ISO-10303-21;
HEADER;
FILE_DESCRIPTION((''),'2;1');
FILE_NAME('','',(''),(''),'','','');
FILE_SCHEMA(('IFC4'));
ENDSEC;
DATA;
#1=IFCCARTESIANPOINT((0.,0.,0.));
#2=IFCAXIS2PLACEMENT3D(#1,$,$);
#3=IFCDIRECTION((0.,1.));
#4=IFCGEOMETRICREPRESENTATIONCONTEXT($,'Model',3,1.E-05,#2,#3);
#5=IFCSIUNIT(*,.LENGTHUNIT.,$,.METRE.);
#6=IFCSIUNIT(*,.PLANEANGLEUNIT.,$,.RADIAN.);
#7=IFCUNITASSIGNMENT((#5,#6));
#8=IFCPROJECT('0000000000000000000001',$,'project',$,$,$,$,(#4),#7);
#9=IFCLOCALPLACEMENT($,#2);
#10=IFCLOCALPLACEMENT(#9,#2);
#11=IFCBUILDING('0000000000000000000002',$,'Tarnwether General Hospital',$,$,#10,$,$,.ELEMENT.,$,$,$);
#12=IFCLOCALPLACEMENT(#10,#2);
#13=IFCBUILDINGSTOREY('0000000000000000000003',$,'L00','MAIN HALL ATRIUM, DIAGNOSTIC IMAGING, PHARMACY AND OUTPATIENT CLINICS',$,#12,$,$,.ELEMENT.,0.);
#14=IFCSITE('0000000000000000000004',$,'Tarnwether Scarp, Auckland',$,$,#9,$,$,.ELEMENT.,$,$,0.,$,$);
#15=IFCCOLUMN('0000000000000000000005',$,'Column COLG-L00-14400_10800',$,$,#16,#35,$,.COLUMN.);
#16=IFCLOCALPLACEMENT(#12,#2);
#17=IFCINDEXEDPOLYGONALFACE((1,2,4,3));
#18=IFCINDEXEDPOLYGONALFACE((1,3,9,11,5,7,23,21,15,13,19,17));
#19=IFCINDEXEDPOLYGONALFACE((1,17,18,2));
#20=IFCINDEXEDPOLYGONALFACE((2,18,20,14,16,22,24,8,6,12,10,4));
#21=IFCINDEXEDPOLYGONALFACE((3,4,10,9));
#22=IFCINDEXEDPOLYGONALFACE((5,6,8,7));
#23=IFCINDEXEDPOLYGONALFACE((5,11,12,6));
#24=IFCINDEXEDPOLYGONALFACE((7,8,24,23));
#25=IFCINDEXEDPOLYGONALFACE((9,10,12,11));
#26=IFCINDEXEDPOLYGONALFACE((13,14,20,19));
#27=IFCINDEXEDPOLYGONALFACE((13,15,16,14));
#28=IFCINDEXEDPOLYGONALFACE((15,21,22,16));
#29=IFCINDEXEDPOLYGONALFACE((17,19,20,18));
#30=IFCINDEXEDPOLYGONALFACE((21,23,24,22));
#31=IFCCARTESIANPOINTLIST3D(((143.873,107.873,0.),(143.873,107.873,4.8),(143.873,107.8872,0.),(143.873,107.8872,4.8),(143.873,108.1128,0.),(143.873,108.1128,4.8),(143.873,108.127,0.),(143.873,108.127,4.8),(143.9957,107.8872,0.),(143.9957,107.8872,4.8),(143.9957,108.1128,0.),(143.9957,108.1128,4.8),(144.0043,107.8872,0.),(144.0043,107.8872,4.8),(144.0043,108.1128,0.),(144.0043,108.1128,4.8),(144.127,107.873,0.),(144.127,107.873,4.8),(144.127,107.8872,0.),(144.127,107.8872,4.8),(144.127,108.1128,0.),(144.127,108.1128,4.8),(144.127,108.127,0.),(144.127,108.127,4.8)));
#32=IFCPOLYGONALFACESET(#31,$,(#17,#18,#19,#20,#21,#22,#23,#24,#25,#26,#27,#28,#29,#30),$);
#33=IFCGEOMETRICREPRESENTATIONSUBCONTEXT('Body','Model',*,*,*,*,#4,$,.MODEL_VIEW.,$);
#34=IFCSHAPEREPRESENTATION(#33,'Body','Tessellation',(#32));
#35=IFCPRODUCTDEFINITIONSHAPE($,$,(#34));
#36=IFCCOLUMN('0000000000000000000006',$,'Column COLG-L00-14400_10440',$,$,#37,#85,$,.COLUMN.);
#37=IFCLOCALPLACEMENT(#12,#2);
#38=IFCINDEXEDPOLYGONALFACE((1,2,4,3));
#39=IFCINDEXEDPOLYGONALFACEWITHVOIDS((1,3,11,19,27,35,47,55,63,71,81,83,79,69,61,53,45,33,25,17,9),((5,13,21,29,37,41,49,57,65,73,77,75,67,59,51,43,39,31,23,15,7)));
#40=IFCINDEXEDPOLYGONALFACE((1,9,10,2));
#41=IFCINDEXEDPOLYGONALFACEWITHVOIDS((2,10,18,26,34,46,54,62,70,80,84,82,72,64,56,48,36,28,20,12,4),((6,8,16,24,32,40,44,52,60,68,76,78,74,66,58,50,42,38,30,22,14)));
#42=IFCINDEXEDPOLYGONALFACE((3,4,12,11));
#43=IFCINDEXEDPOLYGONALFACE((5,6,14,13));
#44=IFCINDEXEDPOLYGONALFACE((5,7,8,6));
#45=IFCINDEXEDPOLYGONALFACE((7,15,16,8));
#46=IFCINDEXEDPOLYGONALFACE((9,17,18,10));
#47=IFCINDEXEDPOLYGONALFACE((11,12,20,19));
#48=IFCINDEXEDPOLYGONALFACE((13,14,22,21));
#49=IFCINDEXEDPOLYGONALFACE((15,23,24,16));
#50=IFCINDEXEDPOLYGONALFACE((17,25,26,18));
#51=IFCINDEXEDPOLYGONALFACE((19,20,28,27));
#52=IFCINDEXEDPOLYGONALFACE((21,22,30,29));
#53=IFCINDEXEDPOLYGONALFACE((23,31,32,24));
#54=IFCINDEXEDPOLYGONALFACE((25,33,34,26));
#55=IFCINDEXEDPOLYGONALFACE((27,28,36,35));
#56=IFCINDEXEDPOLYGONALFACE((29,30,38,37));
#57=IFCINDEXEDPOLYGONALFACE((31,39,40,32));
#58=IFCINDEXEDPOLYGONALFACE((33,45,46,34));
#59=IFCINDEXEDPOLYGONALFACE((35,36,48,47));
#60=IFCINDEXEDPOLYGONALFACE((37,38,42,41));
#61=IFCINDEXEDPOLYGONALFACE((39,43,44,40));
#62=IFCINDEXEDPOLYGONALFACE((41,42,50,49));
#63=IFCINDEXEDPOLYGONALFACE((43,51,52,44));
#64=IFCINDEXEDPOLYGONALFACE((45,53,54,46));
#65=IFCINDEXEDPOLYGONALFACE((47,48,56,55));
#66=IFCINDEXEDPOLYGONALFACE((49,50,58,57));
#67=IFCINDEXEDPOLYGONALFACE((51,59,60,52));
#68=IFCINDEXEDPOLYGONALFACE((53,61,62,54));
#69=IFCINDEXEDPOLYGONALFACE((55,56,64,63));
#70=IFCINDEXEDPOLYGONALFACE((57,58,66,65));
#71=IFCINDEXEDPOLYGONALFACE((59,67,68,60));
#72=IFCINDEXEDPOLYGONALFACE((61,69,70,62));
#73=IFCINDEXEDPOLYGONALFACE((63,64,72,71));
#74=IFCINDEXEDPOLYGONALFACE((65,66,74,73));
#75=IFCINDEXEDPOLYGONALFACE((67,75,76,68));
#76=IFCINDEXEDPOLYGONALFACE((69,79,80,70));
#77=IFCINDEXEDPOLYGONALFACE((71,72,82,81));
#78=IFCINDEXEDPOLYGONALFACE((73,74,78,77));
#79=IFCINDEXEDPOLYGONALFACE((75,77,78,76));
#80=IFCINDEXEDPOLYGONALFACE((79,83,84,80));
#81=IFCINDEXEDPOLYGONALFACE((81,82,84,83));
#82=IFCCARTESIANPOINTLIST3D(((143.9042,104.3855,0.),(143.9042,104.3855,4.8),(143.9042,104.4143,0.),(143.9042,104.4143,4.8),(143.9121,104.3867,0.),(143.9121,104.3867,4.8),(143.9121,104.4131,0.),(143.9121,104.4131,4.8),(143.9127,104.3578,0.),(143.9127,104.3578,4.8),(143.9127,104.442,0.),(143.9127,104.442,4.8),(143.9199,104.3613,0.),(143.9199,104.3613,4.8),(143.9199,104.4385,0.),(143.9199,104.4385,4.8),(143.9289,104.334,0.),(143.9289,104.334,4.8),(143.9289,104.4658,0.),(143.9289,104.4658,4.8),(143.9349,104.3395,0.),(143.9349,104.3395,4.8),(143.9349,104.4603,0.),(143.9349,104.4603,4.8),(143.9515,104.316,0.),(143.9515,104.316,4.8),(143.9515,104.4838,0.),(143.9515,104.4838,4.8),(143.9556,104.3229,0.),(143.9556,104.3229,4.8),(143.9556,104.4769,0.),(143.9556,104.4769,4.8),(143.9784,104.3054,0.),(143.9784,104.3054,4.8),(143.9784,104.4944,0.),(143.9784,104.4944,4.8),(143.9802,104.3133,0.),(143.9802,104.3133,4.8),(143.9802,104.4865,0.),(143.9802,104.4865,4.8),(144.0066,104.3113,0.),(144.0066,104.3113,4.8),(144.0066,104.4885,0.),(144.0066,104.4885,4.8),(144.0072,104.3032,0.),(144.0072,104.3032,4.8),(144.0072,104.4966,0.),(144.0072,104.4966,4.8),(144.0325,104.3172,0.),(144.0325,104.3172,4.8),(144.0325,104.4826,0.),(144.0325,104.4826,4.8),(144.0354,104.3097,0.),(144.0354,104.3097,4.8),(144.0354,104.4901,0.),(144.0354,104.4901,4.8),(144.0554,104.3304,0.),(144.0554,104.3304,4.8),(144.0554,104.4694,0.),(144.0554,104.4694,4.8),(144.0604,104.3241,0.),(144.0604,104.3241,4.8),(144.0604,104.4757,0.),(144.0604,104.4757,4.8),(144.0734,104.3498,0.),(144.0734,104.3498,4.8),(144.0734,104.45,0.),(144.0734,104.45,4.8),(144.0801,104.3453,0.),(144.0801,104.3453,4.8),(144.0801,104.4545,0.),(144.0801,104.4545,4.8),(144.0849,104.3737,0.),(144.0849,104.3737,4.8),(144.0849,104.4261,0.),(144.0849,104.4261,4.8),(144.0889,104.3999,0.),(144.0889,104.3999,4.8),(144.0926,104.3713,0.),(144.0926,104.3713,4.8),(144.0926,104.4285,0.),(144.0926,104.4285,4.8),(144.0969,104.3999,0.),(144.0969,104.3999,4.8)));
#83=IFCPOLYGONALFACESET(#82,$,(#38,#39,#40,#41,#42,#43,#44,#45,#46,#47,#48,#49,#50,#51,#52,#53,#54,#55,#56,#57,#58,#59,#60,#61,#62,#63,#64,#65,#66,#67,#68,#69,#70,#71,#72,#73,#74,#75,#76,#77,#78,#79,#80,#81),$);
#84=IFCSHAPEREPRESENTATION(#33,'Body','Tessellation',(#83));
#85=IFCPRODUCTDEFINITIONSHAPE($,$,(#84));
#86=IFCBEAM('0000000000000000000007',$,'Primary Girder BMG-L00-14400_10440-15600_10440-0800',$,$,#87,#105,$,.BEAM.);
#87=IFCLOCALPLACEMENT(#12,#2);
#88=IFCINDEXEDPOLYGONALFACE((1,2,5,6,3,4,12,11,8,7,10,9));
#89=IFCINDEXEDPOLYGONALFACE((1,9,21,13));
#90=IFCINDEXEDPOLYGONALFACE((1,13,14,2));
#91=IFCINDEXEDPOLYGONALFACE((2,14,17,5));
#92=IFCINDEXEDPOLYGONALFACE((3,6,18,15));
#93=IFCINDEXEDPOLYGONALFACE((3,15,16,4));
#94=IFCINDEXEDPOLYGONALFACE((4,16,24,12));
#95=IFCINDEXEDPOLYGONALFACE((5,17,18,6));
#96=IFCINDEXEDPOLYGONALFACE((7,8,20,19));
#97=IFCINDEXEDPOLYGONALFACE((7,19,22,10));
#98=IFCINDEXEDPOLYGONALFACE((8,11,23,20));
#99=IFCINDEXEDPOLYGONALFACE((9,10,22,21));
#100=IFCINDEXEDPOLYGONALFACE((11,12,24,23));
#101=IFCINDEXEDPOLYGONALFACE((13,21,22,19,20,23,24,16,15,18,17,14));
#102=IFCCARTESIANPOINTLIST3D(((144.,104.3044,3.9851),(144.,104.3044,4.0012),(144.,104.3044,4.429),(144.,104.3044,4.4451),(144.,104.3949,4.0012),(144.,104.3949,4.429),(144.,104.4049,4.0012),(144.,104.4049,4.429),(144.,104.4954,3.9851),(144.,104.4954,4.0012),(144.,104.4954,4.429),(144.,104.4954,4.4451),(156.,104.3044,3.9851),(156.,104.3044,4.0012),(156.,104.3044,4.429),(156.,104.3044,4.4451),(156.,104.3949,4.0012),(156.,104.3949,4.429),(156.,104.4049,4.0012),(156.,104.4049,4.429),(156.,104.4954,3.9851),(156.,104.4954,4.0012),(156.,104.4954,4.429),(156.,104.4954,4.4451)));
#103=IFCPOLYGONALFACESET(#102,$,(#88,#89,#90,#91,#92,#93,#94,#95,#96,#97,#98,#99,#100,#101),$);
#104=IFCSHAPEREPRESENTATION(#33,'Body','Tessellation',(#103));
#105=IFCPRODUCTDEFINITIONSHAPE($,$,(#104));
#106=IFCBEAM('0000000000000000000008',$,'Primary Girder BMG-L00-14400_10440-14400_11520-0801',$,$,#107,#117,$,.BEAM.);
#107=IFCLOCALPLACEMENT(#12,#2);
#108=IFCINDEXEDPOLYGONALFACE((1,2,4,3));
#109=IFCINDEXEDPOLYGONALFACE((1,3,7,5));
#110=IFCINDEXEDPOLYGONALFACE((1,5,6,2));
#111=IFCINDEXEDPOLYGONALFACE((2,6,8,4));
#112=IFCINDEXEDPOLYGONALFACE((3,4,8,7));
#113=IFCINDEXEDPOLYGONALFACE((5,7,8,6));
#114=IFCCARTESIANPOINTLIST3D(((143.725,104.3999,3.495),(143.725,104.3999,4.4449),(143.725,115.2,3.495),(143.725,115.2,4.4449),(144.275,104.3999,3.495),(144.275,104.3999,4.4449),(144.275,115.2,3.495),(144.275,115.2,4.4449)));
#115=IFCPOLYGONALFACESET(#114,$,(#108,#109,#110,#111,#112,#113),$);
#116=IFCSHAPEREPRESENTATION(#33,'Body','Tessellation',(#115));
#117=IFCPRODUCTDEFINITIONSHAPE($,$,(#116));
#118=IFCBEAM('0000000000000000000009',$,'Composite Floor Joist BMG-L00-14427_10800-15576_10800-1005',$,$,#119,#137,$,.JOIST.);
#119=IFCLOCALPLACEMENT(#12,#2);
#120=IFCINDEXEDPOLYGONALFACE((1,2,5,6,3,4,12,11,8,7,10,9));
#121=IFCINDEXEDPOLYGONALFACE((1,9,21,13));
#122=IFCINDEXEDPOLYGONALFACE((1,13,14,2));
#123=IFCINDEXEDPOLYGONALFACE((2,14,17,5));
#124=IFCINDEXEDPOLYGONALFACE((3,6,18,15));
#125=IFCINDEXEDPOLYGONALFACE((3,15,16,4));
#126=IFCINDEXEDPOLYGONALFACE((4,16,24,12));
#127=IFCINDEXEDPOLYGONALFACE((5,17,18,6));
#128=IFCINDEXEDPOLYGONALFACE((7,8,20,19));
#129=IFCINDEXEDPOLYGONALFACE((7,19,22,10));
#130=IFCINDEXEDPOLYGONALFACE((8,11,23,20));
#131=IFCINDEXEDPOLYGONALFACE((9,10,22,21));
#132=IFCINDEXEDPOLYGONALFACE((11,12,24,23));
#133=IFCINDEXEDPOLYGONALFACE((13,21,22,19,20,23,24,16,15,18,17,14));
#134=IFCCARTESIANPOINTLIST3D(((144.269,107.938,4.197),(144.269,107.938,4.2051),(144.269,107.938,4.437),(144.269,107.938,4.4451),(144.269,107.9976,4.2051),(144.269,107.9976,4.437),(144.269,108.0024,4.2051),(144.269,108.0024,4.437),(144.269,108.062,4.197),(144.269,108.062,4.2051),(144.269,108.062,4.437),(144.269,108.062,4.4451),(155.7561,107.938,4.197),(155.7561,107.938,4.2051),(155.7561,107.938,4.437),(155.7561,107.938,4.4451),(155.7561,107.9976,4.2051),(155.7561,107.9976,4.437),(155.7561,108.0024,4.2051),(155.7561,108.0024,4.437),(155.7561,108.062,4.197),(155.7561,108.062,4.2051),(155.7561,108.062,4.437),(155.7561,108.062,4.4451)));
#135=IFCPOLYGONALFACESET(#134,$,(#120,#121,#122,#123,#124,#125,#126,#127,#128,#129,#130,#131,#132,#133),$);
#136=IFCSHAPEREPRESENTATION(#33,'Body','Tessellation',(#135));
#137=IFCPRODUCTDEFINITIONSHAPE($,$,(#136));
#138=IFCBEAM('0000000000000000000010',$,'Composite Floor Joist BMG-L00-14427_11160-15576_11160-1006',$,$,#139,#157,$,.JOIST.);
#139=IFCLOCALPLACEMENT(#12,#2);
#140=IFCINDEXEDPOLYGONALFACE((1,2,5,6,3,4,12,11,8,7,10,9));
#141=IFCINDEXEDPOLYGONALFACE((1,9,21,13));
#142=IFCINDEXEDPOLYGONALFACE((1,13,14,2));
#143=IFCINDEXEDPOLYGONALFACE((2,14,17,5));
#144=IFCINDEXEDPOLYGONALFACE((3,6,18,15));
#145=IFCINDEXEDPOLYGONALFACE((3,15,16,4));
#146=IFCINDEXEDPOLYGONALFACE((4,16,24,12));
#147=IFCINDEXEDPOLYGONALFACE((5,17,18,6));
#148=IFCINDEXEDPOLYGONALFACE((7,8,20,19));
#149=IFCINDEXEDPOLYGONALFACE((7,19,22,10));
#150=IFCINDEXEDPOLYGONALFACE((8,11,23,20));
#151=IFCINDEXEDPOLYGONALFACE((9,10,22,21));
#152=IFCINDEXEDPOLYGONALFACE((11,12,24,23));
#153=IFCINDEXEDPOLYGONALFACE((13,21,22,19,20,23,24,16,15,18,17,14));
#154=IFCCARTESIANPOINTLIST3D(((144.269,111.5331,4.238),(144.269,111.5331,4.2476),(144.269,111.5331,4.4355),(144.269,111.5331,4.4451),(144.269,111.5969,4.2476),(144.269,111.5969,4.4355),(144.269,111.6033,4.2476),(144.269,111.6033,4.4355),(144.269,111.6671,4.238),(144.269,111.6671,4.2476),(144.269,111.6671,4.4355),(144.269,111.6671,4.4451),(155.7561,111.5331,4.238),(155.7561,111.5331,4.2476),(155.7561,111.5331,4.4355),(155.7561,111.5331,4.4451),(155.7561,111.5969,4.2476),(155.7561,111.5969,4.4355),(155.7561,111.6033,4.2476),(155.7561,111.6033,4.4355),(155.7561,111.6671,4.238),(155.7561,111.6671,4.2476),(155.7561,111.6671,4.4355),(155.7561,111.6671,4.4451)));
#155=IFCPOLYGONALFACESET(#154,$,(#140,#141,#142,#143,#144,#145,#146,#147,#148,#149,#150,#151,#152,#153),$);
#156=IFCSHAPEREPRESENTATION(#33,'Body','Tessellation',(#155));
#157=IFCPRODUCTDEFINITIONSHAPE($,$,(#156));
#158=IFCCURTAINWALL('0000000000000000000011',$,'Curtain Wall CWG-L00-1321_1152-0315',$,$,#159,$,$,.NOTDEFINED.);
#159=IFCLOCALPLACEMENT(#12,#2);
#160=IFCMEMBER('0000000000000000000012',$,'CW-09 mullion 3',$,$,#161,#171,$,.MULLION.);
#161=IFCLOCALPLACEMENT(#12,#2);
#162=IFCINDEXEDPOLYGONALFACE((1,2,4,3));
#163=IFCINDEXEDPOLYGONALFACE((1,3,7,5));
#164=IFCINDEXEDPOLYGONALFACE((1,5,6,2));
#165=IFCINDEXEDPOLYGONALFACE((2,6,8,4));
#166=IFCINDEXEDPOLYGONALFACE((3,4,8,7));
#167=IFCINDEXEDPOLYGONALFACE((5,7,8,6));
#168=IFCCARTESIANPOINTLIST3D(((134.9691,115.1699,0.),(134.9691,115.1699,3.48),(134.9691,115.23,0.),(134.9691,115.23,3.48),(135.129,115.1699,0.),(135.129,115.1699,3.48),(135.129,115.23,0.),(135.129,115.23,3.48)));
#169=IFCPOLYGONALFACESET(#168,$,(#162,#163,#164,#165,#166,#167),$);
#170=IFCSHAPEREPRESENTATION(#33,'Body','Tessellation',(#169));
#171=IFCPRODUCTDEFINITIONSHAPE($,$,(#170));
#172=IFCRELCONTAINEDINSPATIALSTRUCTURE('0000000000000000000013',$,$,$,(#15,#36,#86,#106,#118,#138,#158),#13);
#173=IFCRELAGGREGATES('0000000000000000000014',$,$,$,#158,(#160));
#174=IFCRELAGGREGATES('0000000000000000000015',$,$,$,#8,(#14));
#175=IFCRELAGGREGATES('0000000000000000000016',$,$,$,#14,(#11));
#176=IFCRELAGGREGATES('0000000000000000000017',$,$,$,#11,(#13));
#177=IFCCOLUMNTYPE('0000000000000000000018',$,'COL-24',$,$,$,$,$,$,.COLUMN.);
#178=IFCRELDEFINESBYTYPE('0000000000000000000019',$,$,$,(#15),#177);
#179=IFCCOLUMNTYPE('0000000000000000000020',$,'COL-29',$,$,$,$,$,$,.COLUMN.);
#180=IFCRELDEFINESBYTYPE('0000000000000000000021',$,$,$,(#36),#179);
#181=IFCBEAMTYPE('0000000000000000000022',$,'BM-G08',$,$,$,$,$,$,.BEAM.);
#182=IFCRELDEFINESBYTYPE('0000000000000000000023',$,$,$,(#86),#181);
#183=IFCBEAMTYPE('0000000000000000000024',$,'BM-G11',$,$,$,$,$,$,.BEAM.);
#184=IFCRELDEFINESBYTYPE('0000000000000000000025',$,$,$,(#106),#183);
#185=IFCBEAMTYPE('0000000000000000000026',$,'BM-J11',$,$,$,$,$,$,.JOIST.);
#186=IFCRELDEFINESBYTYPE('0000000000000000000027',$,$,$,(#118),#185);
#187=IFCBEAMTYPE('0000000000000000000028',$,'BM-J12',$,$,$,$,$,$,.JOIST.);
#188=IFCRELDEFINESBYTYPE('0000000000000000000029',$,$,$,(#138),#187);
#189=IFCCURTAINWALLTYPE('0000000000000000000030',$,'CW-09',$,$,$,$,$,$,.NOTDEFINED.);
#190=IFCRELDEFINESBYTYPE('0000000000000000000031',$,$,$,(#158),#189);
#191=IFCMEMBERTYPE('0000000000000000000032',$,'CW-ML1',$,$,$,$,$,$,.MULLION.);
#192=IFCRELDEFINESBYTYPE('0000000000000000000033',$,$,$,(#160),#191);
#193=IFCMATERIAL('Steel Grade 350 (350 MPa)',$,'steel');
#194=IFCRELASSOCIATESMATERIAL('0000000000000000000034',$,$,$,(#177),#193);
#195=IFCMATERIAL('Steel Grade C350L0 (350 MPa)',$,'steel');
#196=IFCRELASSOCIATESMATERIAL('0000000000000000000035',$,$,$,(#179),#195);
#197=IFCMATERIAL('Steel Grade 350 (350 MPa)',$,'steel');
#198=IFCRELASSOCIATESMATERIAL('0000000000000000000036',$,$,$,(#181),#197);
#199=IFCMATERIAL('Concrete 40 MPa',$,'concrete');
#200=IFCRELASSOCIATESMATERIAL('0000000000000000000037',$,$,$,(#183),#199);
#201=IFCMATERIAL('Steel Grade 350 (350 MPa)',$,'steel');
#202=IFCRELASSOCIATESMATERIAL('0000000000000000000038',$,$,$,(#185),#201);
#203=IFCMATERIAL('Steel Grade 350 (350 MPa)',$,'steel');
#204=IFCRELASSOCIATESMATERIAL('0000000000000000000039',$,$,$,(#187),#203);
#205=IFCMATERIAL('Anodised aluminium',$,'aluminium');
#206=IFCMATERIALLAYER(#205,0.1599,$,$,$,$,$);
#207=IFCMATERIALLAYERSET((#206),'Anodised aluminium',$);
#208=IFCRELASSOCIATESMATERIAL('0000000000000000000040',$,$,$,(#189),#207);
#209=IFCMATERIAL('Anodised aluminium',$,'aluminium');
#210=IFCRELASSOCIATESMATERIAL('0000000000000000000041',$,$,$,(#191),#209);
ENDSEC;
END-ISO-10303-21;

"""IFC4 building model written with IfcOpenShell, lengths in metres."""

from ifc_helpers import new_model, si_unit, direction, frame, origin, origin_2d, place, context, subcontext, project, spatial, rectangle, hollow_circle, i_section, extrude, material, layer, layer_set, material_profile, profile_set, type_object, element, aggregate, save


model = new_model("IFC4")

# Units and contexts
model_context = context("Model", 3, precision=1e-05, world=origin(), true_north=direction((0.0, 1.0)))
body_context = subcontext(model_context, "Body", "Model", "MODEL_VIEW")
ifc_project = project(units=[si_unit("LENGTHUNIT", "METRE"), si_unit("PLANEANGLEUNIT", "RADIAN")], contexts=[model_context])

# Site, building, storey
site_placement = place(None, origin())
site = spatial("IfcSite", under=ifc_project, at=site_placement, Name="Tarnwether Scarp, Auckland", CompositionType="ELEMENT", RefElevation=0.0)
building_placement = place(site_placement, origin())
building = spatial("IfcBuilding", under=site, at=building_placement, Name="Tarnwether General Hospital", CompositionType="ELEMENT")
storey_placement = place(building_placement, origin())
storey = spatial("IfcBuildingStorey", under=building, at=storey_placement, Name="L00", Description="MAIN HALL ATRIUM, DIAGNOSTIC IMAGING, PHARMACY AND OUTPATIENT CLINICS", CompositionType="ELEMENT", Elevation=0.0)

# Columns
ifc_material_1 = material(Name="Steel Grade 350 (350 MPa)", Category="steel")
ifc_material_profile_1 = material_profile(ifc_material_1, i_section(OverallWidth=0.2539, OverallDepth=0.2539, WebThickness=0.0085, FlangeThickness=0.0142, at=origin_2d()), Name="250UC72.9")
ifc_profile_set_1 = profile_set([ifc_material_profile_1], Name="Steel Grade 350 (350 MPa)")
column_type_1 = type_object("IfcColumnType", Name="COL-24", PredefinedType="COLUMN", material=ifc_profile_set_1)
column_1_placement = place(storey_placement, frame((144.0, 108.0, 0.0), z_axis=(0.0, 0.0, 1.0), x_axis=(1.0, 0.0, 0.0)))
element("IfcColumn", 1, at=column_1_placement, inside=storey, type_object=column_type_1, Name="Column COLG-L00-14400_10800", PredefinedType="COLUMN", context=body_context, shape_type="SweptSolid", body=[
    extrude(i_section(OverallWidth=0.2539, OverallDepth=0.2539, WebThickness=0.0085, FlangeThickness=0.0142, at=origin_2d()), origin(), (0.0, 0.0, 1.0), 4.8),
])
ifc_material_2 = material(Name="Steel Grade C350L0 (350 MPa)", Category="steel")
ifc_material_profile_2 = material_profile(ifc_material_2, hollow_circle(Radius=0.0969, WallThickness=0.0081, at=origin_2d()), Name="CHS193.7x8.0")
ifc_profile_set_2 = profile_set([ifc_material_profile_2], Name="Steel Grade C350L0 (350 MPa)")
column_type_2 = type_object("IfcColumnType", Name="COL-29", PredefinedType="COLUMN", material=ifc_profile_set_2)
column_2_placement = place(storey_placement, frame((144.0, 104.3999, 0.0), z_axis=(0.0, 0.0, 1.0), x_axis=(1.0, 0.0, 0.0)))
element("IfcColumn", 2, at=column_2_placement, inside=storey, type_object=column_type_2, Name="Column COLG-L00-14400_10440", PredefinedType="COLUMN", context=body_context, shape_type="SweptSolid", body=[
    extrude(hollow_circle(Radius=0.0969, WallThickness=0.0081, at=origin_2d()), origin(), (0.0, 0.0, 1.0), 4.8),
])

# Beams
ifc_material_3 = material(Name="Steel Grade 350 (350 MPa)", Category="steel")
ifc_material_profile_3 = material_profile(ifc_material_3, i_section(OverallWidth=0.1909, OverallDepth=0.46, WebThickness=0.01, FlangeThickness=0.0161, at=origin_2d()), Name="460UB82.1")
ifc_profile_set_3 = profile_set([ifc_material_profile_3], Name="Steel Grade 350 (350 MPa)")
beam_type_1 = type_object("IfcBeamType", Name="BM-G08", PredefinedType="BEAM", material=ifc_profile_set_3)
beam_1_placement = place(storey_placement, frame((144.0, 104.3999, 4.2151), z_axis=(1.0, 0.0, 0.0), x_axis=(0.0, 1.0, 0.0)))
element("IfcBeam", 3, at=beam_1_placement, inside=storey, type_object=beam_type_1, Name="Primary Girder BMG-L00-14400_10440-15600_10440-0800", PredefinedType="BEAM", context=body_context, shape_type="SweptSolid", body=[
    extrude(i_section(OverallWidth=0.1909, OverallDepth=0.46, WebThickness=0.01, FlangeThickness=0.0161, at=origin_2d()), origin(), (0.0, 0.0, 1.0), 12.0),
])
ifc_material_4 = material(Name="Concrete 40 MPa", Category="concrete")
ifc_material_profile_4 = material_profile(ifc_material_4, rectangle(XDim=0.55, YDim=0.95, at=origin_2d()), Name="RC-BM-550x950")
ifc_profile_set_4 = profile_set([ifc_material_profile_4], Name="Concrete 40 MPa")
beam_type_2 = type_object("IfcBeamType", Name="BM-G11", PredefinedType="BEAM", material=ifc_profile_set_4)
beam_2_placement = place(storey_placement, frame((144.0, 104.3999, 3.97), z_axis=(0.0, 1.0, 0.0), x_axis=(-1.0, 0.0, 0.0)))
element("IfcBeam", 4, at=beam_2_placement, inside=storey, type_object=beam_type_2, Name="Primary Girder BMG-L00-14400_10440-14400_11520-0801", PredefinedType="BEAM", context=body_context, shape_type="SweptSolid", body=[
    extrude(rectangle(XDim=0.55, YDim=0.95, at=origin_2d()), origin(), (0.0, 0.0, 1.0), 10.8),
])
ifc_material_5 = material(Name="Steel Grade 350 (350 MPa)", Category="steel")
ifc_material_profile_5 = material_profile(ifc_material_5, i_section(OverallWidth=0.124, OverallDepth=0.248, WebThickness=0.0049, FlangeThickness=0.0081, at=origin_2d()), Name="250UB25.7")
ifc_profile_set_5 = profile_set([ifc_material_profile_5], Name="Steel Grade 350 (350 MPa)")
beam_type_3 = type_object("IfcBeamType", Name="BM-J11", PredefinedType="JOIST", material=ifc_profile_set_5)
beam_3_placement = place(storey_placement, frame((144.269, 108.0, 4.321), z_axis=(1.0, 0.0, 0.0), x_axis=(0.0, 1.0, 0.0)))
element("IfcBeam", 5, at=beam_3_placement, inside=storey, type_object=beam_type_3, Name="Composite Floor Joist BMG-L00-14427_10800-15576_10800-1005", PredefinedType="JOIST", context=body_context, shape_type="SweptSolid", body=[
    extrude(i_section(OverallWidth=0.124, OverallDepth=0.248, WebThickness=0.0049, FlangeThickness=0.0081, at=origin_2d()), origin(), (0.0, 0.0, 1.0), 11.4871),
])
ifc_material_6 = material(Name="Steel Grade 350 (350 MPa)", Category="steel")
ifc_material_profile_6 = material_profile(ifc_material_6, i_section(OverallWidth=0.134, OverallDepth=0.207, WebThickness=0.0063, FlangeThickness=0.0095, at=origin_2d()), Name="200UB29.8")
ifc_profile_set_6 = profile_set([ifc_material_profile_6], Name="Steel Grade 350 (350 MPa)")
beam_type_4 = type_object("IfcBeamType", Name="BM-J12", PredefinedType="JOIST", material=ifc_profile_set_6)
beam_4_placement = place(storey_placement, frame((144.269, 111.6001, 4.3416), z_axis=(1.0, 0.0, 0.0), x_axis=(0.0, 1.0, 0.0)))
element("IfcBeam", 6, at=beam_4_placement, inside=storey, type_object=beam_type_4, Name="Composite Floor Joist BMG-L00-14427_11160-15576_11160-1006", PredefinedType="JOIST", context=body_context, shape_type="SweptSolid", body=[
    extrude(i_section(OverallWidth=0.134, OverallDepth=0.207, WebThickness=0.0063, FlangeThickness=0.0095, at=origin_2d()), origin(), (0.0, 0.0, 1.0), 11.4871),
])

# Curtain wall, member
ifc_material_7 = material(Name="Anodised aluminium", Category="aluminium")
ifc_layer_1 = layer(ifc_material_7, 0.1599)
ifc_layer_set_1 = layer_set([ifc_layer_1], Name="Anodised aluminium")
curtain_wall_type = type_object("IfcCurtainWallType", Name="CW-09", PredefinedType="NOTDEFINED", material=ifc_layer_set_1)
curtain_wall_placement = place(storey_placement, origin())
curtain_wall = element("IfcCurtainWall", 7, at=curtain_wall_placement, inside=storey, type_object=curtain_wall_type, Name="Curtain Wall CWG-L00-1321_1152-0315", PredefinedType="NOTDEFINED")
ifc_material_8 = material(Name="Anodised aluminium", Category="aluminium")
ifc_material_profile_7 = material_profile(ifc_material_8, rectangle(XDim=0.0601, YDim=0.1599, at=origin_2d()), Name="ALU-MUL-60x160")
ifc_profile_set_7 = profile_set([ifc_material_profile_7], Name="Anodised aluminium")
member_type_1 = type_object("IfcMemberType", Name="CW-ML1", PredefinedType="MULLION", material=ifc_profile_set_7)
member_1_placement = place(storey_placement, frame((135.0491, 115.2, 0.0), z_axis=(0.0, 0.0, 1.0), x_axis=(0.0, 1.0, 0.0)))
member_1 = element("IfcMember", 8, at=member_1_placement, type_object=member_type_1, Name="CW-09 mullion 3", PredefinedType="MULLION", context=body_context, shape_type="SweptSolid", body=[
    extrude(rectangle(XDim=0.0601, YDim=0.1599, at=origin_2d()), origin(), (0.0, 0.0, 1.0), 3.48),
])
aggregate(curtain_wall, [member_1])

save(model, "model.ifc")
